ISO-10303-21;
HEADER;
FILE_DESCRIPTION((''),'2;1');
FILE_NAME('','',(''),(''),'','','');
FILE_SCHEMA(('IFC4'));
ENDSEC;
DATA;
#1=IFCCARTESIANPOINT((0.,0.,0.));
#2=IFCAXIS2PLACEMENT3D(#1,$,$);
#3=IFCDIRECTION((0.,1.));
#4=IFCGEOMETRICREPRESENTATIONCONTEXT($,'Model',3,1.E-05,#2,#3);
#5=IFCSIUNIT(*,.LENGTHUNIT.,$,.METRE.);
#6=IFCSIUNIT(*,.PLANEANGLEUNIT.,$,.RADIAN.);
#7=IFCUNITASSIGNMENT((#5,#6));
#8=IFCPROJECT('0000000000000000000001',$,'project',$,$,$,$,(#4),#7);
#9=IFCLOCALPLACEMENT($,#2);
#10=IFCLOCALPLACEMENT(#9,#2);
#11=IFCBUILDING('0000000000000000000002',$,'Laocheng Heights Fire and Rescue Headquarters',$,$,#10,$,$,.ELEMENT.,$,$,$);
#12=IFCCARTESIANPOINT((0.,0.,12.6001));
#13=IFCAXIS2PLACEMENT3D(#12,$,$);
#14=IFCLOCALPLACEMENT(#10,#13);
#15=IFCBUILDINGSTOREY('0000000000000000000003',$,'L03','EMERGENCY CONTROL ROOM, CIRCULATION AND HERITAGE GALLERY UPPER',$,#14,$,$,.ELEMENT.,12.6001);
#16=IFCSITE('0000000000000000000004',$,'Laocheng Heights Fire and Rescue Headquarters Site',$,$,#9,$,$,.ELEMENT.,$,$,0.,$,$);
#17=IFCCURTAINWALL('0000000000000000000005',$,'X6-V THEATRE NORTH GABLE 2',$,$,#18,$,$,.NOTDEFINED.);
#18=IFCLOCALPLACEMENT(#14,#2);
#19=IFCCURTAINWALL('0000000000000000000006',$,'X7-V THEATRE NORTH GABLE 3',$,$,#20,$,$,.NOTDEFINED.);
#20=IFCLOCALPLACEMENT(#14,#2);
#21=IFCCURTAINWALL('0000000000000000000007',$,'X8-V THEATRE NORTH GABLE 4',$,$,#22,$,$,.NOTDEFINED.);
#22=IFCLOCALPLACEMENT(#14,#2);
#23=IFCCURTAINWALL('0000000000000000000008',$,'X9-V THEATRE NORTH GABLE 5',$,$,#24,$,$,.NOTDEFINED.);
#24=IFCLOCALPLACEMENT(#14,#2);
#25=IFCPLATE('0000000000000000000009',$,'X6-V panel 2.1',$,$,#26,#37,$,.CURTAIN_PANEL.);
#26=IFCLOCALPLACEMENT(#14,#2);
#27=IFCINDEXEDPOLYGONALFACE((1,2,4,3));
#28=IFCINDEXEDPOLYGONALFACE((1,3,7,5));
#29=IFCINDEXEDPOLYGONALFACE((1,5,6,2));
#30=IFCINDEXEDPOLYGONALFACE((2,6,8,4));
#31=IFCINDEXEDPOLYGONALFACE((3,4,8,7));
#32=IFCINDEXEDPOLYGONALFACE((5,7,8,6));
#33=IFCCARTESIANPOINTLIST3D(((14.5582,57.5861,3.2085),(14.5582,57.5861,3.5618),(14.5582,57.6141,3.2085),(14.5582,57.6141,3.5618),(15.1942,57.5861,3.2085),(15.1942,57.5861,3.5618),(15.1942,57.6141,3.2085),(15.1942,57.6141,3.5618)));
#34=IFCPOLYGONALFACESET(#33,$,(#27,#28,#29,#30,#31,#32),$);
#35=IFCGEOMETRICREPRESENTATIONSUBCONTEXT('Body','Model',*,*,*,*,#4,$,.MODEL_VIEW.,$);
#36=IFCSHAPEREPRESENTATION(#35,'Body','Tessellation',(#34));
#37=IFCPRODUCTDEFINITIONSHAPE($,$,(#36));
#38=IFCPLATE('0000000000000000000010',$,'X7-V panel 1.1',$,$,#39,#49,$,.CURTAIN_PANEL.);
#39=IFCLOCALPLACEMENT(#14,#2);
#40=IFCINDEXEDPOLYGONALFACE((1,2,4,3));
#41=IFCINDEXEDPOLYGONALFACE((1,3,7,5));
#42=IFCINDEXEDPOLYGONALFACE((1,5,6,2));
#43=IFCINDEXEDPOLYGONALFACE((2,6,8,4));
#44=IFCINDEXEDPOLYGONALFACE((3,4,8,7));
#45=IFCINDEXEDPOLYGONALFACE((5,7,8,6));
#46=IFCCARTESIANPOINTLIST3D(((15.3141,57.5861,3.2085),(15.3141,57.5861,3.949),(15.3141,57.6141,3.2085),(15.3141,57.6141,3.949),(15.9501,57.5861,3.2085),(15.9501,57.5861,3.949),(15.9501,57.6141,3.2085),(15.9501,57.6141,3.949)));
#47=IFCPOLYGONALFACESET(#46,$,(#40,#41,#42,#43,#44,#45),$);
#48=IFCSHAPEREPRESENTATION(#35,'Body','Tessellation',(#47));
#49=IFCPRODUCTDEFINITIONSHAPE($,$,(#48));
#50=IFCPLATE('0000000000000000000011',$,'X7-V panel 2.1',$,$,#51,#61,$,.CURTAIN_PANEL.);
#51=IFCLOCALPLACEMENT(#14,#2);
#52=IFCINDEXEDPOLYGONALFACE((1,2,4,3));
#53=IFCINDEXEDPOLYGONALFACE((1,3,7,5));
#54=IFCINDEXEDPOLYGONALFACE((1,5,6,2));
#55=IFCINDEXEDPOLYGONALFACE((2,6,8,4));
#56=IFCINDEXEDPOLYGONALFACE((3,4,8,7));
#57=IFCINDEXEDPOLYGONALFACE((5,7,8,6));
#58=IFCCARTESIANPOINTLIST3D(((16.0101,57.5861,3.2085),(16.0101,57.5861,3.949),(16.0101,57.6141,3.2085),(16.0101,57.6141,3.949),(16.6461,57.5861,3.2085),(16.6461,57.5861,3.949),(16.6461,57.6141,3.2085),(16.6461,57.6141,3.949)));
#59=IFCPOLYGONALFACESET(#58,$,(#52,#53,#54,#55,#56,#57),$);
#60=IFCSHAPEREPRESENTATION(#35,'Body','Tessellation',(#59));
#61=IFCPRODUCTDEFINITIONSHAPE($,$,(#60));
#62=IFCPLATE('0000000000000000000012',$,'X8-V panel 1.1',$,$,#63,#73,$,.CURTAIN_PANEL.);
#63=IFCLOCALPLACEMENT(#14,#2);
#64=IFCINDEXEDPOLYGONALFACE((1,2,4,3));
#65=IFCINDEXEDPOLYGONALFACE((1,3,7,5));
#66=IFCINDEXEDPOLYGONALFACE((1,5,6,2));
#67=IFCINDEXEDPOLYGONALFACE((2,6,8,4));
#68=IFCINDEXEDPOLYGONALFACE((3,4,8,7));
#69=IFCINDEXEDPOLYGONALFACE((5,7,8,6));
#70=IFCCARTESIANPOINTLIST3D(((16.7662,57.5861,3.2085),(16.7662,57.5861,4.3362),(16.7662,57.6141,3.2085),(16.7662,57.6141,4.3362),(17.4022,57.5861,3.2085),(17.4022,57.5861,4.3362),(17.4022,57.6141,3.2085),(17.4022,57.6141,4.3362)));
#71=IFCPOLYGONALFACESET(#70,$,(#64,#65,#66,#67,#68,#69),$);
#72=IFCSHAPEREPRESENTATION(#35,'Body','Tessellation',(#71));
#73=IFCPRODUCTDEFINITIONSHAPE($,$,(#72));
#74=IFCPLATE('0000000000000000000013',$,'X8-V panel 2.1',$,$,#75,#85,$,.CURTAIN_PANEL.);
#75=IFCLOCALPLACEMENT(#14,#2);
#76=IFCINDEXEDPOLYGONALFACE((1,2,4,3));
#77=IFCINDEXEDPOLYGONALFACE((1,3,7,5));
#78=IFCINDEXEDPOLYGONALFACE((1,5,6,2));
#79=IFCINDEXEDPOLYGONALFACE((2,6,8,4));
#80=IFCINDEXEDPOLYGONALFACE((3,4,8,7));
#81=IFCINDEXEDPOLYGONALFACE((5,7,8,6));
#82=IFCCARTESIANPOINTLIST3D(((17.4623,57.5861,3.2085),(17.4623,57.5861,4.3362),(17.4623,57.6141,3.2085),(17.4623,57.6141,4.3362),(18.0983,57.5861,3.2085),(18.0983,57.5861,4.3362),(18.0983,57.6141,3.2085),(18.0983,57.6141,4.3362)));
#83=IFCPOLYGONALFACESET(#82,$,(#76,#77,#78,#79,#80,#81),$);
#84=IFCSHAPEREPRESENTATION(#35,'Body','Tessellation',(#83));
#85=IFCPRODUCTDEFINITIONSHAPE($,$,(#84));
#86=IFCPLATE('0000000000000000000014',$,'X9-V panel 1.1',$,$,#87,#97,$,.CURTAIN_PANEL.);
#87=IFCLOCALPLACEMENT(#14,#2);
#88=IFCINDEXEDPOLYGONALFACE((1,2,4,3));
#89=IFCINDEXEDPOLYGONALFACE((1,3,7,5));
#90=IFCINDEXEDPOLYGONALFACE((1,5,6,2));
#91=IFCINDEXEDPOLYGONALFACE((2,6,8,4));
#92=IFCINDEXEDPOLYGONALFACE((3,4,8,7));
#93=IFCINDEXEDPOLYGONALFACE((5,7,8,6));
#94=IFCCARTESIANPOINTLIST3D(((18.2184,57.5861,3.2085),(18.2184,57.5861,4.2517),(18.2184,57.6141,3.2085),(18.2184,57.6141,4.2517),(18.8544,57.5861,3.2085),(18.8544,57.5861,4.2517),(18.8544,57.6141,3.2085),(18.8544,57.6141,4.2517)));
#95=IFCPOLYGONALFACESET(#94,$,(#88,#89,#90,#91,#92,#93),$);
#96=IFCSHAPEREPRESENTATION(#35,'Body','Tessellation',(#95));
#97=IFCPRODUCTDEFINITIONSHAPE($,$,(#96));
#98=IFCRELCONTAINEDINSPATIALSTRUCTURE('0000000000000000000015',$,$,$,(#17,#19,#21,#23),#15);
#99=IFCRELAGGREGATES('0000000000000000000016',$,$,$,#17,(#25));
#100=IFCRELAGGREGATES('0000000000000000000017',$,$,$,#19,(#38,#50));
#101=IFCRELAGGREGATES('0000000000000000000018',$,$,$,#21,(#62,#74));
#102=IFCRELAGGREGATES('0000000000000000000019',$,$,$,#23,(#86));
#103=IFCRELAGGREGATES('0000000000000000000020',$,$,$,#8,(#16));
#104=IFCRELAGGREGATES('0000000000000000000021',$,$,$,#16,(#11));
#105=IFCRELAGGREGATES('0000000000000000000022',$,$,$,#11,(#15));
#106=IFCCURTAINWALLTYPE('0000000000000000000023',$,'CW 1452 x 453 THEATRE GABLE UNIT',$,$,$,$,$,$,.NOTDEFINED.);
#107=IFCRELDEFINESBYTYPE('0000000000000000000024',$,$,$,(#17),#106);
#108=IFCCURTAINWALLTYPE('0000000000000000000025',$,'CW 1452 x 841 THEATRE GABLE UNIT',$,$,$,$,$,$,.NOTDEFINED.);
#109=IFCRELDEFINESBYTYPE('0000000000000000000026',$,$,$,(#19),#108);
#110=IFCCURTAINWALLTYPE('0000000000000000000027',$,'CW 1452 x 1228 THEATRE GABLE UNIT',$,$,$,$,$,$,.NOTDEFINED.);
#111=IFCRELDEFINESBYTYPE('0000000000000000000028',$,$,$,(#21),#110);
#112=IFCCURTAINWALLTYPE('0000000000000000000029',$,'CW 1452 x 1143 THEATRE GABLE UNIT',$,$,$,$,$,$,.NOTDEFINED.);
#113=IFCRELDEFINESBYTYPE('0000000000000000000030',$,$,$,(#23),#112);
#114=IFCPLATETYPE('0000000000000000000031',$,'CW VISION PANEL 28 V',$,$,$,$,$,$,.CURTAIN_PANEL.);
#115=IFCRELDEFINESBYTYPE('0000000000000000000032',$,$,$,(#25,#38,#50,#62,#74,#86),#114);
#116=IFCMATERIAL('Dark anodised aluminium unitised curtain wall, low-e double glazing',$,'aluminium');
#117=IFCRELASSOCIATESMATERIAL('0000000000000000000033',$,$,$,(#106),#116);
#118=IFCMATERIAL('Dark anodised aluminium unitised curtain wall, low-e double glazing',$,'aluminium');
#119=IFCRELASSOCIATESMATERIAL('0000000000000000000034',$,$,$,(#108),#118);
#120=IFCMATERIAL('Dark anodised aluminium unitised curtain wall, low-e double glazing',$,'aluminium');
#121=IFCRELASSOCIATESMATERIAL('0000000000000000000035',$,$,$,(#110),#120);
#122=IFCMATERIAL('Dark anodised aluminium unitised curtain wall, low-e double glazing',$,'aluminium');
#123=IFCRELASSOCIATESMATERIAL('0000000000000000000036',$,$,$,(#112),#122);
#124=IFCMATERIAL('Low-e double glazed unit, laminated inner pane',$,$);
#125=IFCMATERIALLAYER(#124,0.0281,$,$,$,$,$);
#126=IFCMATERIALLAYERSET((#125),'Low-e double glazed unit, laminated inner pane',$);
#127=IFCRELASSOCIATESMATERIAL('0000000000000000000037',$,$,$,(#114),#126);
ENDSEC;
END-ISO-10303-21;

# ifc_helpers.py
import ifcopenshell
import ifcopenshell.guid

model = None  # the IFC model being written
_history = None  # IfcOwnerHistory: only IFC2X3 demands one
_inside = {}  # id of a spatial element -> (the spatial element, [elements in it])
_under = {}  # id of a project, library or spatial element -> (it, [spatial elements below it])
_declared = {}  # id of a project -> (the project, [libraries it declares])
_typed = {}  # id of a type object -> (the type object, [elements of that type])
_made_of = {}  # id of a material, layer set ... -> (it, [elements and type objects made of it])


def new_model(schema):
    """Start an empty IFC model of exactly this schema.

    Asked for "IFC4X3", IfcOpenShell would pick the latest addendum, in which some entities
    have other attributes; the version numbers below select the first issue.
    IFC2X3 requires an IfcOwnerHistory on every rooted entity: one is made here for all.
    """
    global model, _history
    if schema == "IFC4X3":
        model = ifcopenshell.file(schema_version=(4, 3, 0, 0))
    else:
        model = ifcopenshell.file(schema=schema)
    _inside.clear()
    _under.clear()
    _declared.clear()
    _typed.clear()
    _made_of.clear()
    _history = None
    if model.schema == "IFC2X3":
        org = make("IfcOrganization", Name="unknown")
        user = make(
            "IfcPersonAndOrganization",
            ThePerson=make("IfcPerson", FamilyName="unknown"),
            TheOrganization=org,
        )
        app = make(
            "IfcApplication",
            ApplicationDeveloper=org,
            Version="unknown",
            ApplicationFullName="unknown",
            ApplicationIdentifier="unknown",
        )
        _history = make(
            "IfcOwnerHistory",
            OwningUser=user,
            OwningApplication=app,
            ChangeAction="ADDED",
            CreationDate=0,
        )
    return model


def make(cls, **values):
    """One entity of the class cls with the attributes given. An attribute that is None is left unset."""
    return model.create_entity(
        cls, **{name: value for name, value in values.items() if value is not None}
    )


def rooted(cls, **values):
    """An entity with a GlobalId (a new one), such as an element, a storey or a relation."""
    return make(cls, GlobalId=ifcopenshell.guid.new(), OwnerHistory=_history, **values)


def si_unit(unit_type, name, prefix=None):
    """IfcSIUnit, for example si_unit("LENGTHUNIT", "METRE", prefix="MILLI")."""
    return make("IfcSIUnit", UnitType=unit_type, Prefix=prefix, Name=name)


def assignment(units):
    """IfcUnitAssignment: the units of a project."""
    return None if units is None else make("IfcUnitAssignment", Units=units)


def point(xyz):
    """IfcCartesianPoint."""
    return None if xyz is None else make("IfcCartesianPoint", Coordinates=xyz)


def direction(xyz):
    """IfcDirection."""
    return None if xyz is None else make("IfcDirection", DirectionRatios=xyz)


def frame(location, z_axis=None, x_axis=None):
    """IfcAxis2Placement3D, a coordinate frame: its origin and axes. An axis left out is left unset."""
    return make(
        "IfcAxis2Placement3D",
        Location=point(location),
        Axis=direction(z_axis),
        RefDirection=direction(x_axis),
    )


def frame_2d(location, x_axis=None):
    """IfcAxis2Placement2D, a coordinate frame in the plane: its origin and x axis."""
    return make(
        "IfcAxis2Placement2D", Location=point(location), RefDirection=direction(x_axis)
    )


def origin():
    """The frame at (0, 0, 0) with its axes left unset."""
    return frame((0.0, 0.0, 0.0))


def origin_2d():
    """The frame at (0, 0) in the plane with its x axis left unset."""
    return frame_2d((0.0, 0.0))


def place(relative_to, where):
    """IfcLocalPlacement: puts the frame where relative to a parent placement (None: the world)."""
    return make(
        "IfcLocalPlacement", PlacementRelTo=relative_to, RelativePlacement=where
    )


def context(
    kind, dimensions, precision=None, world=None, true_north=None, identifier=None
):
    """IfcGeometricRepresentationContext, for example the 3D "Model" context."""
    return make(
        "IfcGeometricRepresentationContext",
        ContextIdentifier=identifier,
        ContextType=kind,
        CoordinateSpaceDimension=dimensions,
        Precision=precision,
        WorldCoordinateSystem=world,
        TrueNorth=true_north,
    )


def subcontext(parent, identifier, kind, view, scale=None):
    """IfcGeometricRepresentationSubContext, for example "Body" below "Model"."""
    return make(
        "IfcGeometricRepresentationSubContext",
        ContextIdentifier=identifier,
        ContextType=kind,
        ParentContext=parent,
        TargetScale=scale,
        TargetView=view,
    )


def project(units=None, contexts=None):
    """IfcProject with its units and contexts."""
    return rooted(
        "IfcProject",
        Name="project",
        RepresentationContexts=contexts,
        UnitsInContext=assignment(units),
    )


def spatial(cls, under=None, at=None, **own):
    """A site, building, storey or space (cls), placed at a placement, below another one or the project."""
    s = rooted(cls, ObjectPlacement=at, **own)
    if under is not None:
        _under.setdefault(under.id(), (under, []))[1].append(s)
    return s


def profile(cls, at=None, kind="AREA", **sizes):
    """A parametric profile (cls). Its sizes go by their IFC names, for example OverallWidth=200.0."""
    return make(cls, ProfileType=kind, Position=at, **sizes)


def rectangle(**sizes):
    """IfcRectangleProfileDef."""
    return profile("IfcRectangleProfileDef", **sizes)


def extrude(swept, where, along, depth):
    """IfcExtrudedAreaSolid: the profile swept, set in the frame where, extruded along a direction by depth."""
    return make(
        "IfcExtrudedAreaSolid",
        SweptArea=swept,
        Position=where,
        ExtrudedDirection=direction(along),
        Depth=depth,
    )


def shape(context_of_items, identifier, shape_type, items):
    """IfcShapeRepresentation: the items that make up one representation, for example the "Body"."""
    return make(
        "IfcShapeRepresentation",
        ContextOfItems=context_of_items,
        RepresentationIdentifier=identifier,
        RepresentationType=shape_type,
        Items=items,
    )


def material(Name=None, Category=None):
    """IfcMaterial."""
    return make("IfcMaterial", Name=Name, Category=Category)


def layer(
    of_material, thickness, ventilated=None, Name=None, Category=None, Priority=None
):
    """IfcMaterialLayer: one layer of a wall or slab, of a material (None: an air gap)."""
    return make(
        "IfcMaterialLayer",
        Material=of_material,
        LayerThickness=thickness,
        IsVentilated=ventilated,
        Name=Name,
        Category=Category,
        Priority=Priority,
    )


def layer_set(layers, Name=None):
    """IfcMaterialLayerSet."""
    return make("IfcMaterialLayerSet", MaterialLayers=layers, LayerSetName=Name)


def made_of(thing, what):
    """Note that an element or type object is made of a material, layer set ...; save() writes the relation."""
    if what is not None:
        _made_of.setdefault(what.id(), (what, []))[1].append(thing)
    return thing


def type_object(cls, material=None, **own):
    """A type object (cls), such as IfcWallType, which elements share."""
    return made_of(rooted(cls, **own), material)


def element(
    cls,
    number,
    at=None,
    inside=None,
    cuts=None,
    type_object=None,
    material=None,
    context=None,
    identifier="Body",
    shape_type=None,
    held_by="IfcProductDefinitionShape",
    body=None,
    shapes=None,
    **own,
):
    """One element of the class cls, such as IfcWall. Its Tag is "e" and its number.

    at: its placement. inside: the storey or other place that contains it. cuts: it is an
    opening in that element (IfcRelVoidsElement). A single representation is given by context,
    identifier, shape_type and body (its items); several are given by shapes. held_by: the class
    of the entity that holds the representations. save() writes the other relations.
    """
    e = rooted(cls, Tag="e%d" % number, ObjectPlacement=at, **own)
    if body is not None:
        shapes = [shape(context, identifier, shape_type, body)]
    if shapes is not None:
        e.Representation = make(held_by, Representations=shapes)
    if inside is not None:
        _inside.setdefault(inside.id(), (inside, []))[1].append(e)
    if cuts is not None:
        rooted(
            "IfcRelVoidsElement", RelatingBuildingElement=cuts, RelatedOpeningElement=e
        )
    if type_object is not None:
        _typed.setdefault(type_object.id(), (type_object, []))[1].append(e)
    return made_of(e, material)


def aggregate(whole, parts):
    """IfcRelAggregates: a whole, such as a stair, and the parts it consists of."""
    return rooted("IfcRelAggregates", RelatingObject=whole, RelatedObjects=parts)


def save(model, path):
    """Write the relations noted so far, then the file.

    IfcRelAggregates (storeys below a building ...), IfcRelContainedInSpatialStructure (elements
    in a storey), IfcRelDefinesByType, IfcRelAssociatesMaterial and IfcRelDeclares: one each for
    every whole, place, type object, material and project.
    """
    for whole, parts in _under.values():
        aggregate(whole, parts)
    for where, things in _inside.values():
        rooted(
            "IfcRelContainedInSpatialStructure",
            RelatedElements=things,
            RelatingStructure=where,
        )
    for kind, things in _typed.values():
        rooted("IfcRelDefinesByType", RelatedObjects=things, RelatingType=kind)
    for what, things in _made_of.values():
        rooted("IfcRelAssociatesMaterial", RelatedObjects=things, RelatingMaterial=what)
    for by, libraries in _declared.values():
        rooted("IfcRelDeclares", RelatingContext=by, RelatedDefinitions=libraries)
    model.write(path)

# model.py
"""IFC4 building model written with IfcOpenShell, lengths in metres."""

from ifc_helpers import new_model, si_unit, direction, frame, origin, origin_2d, place, context, subcontext, project, spatial, rectangle, extrude, material, layer, layer_set, type_object, element, aggregate, save


model = new_model("IFC4")

# Units and contexts
model_context = context("Model", 3, precision=1e-05, world=origin(), true_north=direction((0.0, 1.0)))
body_context = subcontext(model_context, "Body", "Model", "MODEL_VIEW")
ifc_project = project(units=[si_unit("LENGTHUNIT", "METRE"), si_unit("PLANEANGLEUNIT", "RADIAN")], contexts=[model_context])

# Site, building, storey
site_placement = place(None, origin())
site = spatial("IfcSite", under=ifc_project, at=site_placement, Name="Laocheng Heights Fire and Rescue Headquarters Site", CompositionType="ELEMENT", RefElevation=0.0)
building_placement = place(site_placement, origin())
building = spatial("IfcBuilding", under=site, at=building_placement, Name="Laocheng Heights Fire and Rescue Headquarters", CompositionType="ELEMENT")
storey_placement = place(building_placement, frame((0.0, 0.0, 12.6001)))
storey = spatial("IfcBuildingStorey", under=building, at=storey_placement, Name="L03", Description="EMERGENCY CONTROL ROOM, CIRCULATION AND HERITAGE GALLERY UPPER", CompositionType="ELEMENT", Elevation=12.6001)

# Curtain walls
ifc_material_1 = material(Name="Dark anodised aluminium unitised curtain wall, low-e double glazing", Category="aluminium")
curtain_wall_type_1 = type_object("IfcCurtainWallType", Name="CW 1452 x 453 THEATRE GABLE UNIT", PredefinedType="NOTDEFINED", material=ifc_material_1)
curtain_wall_1_placement = place(storey_placement, origin())
curtain_wall_1 = element("IfcCurtainWall", 1, at=curtain_wall_1_placement, inside=storey, type_object=curtain_wall_type_1, Name="X6-V THEATRE NORTH GABLE 2", PredefinedType="NOTDEFINED")
ifc_material_2 = material(Name="Dark anodised aluminium unitised curtain wall, low-e double glazing", Category="aluminium")
curtain_wall_type_2 = type_object("IfcCurtainWallType", Name="CW 1452 x 841 THEATRE GABLE UNIT", PredefinedType="NOTDEFINED", material=ifc_material_2)
curtain_wall_2_placement = place(storey_placement, origin())
curtain_wall_2 = element("IfcCurtainWall", 2, at=curtain_wall_2_placement, inside=storey, type_object=curtain_wall_type_2, Name="X7-V THEATRE NORTH GABLE 3", PredefinedType="NOTDEFINED")
ifc_material_3 = material(Name="Dark anodised aluminium unitised curtain wall, low-e double glazing", Category="aluminium")
curtain_wall_type_3 = type_object("IfcCurtainWallType", Name="CW 1452 x 1228 THEATRE GABLE UNIT", PredefinedType="NOTDEFINED", material=ifc_material_3)
curtain_wall_3_placement = place(storey_placement, origin())
curtain_wall_3 = element("IfcCurtainWall", 3, at=curtain_wall_3_placement, inside=storey, type_object=curtain_wall_type_3, Name="X8-V THEATRE NORTH GABLE 4", PredefinedType="NOTDEFINED")

# Curtain wall
ifc_material_4 = material(Name="Dark anodised aluminium unitised curtain wall, low-e double glazing", Category="aluminium")
curtain_wall_type_4 = type_object("IfcCurtainWallType", Name="CW 1452 x 1143 THEATRE GABLE UNIT", PredefinedType="NOTDEFINED", material=ifc_material_4)
curtain_wall_4_placement = place(storey_placement, origin())
curtain_wall_4 = element("IfcCurtainWall", 4, at=curtain_wall_4_placement, inside=storey, type_object=curtain_wall_type_4, Name="X9-V THEATRE NORTH GABLE 5", PredefinedType="NOTDEFINED")

# Plates
ifc_material_5 = material(Name="Low-e double glazed unit, laminated inner pane")
ifc_layer = layer(ifc_material_5, 0.0281)
ifc_layer_set = layer_set([ifc_layer], Name="Low-e double glazed unit, laminated inner pane")
plate_type = type_object("IfcPlateType", Name="CW VISION PANEL 28 V", PredefinedType="CURTAIN_PANEL", material=ifc_layer_set)
plate_1_placement = place(storey_placement, frame((14.8762, 57.6001, 3.2085), z_axis=(0.0, 0.0, 1.0), x_axis=(1.0, 0.0, 0.0)))
plate_1 = element("IfcPlate", 5, at=plate_1_placement, type_object=plate_type, Name="X6-V panel 2.1", PredefinedType="CURTAIN_PANEL", context=body_context, shape_type="SweptSolid", body=[
    extrude(rectangle(XDim=0.636, YDim=0.0281, at=origin_2d()), origin(), (0.0, 0.0, 1.0), 0.3533),
])
aggregate(curtain_wall_1, [plate_1])
plate_2_placement = place(storey_placement, frame((15.6321, 57.6001, 3.2085), z_axis=(0.0, 0.0, 1.0), x_axis=(1.0, 0.0, 0.0)))
plate_2 = element("IfcPlate", 6, at=plate_2_placement, type_object=plate_type, Name="X7-V panel 1.1", PredefinedType="CURTAIN_PANEL", context=body_context, shape_type="SweptSolid", body=[
    extrude(rectangle(XDim=0.636, YDim=0.0281, at=origin_2d()), origin(), (0.0, 0.0, 1.0), 0.7405),
])
plate_3_placement = place(storey_placement, frame((16.3281, 57.6001, 3.2085), z_axis=(0.0, 0.0, 1.0), x_axis=(1.0, 0.0, 0.0)))
plate_3 = element("IfcPlate", 7, at=plate_3_placement, type_object=plate_type, Name="X7-V panel 2.1", PredefinedType="CURTAIN_PANEL", context=body_context, shape_type="SweptSolid", body=[
    extrude(rectangle(XDim=0.636, YDim=0.0281, at=origin_2d()), origin(), (0.0, 0.0, 1.0), 0.7405),
])
aggregate(curtain_wall_2, [plate_2, plate_3])
plate_4_placement = place(storey_placement, frame((17.0842, 57.6001, 3.2085), z_axis=(0.0, 0.0, 1.0), x_axis=(1.0, 0.0, 0.0)))
plate_4 = element("IfcPlate", 8, at=plate_4_placement, type_object=plate_type, Name="X8-V panel 1.1", PredefinedType="CURTAIN_PANEL", context=body_context, shape_type="SweptSolid", body=[
    extrude(rectangle(XDim=0.636, YDim=0.0281, at=origin_2d()), origin(), (0.0, 0.0, 1.0), 1.1277),
])
plate_5_placement = place(storey_placement, frame((17.7803, 57.6001, 3.2085), z_axis=(0.0, 0.0, 1.0), x_axis=(1.0, 0.0, 0.0)))
plate_5 = element("IfcPlate", 9, at=plate_5_placement, type_object=plate_type, Name="X8-V panel 2.1", PredefinedType="CURTAIN_PANEL", context=body_context, shape_type="SweptSolid", body=[
    extrude(rectangle(XDim=0.636, YDim=0.0281, at=origin_2d()), origin(), (0.0, 0.0, 1.0), 1.1277),
])
aggregate(curtain_wall_3, [plate_4, plate_5])
plate_6_placement = place(storey_placement, frame((18.5364, 57.6001, 3.2085), z_axis=(0.0, 0.0, 1.0), x_axis=(1.0, 0.0, 0.0)))
plate_6 = element("IfcPlate", 10, at=plate_6_placement, type_object=plate_type, Name="X9-V panel 1.1", PredefinedType="CURTAIN_PANEL", context=body_context, shape_type="SweptSolid", body=[
    extrude(rectangle(XDim=0.636, YDim=0.0281, at=origin_2d()), origin(), (0.0, 0.0, 1.0), 1.0432),
])
aggregate(curtain_wall_4, [plate_6])

save(model, "model.ifc")
